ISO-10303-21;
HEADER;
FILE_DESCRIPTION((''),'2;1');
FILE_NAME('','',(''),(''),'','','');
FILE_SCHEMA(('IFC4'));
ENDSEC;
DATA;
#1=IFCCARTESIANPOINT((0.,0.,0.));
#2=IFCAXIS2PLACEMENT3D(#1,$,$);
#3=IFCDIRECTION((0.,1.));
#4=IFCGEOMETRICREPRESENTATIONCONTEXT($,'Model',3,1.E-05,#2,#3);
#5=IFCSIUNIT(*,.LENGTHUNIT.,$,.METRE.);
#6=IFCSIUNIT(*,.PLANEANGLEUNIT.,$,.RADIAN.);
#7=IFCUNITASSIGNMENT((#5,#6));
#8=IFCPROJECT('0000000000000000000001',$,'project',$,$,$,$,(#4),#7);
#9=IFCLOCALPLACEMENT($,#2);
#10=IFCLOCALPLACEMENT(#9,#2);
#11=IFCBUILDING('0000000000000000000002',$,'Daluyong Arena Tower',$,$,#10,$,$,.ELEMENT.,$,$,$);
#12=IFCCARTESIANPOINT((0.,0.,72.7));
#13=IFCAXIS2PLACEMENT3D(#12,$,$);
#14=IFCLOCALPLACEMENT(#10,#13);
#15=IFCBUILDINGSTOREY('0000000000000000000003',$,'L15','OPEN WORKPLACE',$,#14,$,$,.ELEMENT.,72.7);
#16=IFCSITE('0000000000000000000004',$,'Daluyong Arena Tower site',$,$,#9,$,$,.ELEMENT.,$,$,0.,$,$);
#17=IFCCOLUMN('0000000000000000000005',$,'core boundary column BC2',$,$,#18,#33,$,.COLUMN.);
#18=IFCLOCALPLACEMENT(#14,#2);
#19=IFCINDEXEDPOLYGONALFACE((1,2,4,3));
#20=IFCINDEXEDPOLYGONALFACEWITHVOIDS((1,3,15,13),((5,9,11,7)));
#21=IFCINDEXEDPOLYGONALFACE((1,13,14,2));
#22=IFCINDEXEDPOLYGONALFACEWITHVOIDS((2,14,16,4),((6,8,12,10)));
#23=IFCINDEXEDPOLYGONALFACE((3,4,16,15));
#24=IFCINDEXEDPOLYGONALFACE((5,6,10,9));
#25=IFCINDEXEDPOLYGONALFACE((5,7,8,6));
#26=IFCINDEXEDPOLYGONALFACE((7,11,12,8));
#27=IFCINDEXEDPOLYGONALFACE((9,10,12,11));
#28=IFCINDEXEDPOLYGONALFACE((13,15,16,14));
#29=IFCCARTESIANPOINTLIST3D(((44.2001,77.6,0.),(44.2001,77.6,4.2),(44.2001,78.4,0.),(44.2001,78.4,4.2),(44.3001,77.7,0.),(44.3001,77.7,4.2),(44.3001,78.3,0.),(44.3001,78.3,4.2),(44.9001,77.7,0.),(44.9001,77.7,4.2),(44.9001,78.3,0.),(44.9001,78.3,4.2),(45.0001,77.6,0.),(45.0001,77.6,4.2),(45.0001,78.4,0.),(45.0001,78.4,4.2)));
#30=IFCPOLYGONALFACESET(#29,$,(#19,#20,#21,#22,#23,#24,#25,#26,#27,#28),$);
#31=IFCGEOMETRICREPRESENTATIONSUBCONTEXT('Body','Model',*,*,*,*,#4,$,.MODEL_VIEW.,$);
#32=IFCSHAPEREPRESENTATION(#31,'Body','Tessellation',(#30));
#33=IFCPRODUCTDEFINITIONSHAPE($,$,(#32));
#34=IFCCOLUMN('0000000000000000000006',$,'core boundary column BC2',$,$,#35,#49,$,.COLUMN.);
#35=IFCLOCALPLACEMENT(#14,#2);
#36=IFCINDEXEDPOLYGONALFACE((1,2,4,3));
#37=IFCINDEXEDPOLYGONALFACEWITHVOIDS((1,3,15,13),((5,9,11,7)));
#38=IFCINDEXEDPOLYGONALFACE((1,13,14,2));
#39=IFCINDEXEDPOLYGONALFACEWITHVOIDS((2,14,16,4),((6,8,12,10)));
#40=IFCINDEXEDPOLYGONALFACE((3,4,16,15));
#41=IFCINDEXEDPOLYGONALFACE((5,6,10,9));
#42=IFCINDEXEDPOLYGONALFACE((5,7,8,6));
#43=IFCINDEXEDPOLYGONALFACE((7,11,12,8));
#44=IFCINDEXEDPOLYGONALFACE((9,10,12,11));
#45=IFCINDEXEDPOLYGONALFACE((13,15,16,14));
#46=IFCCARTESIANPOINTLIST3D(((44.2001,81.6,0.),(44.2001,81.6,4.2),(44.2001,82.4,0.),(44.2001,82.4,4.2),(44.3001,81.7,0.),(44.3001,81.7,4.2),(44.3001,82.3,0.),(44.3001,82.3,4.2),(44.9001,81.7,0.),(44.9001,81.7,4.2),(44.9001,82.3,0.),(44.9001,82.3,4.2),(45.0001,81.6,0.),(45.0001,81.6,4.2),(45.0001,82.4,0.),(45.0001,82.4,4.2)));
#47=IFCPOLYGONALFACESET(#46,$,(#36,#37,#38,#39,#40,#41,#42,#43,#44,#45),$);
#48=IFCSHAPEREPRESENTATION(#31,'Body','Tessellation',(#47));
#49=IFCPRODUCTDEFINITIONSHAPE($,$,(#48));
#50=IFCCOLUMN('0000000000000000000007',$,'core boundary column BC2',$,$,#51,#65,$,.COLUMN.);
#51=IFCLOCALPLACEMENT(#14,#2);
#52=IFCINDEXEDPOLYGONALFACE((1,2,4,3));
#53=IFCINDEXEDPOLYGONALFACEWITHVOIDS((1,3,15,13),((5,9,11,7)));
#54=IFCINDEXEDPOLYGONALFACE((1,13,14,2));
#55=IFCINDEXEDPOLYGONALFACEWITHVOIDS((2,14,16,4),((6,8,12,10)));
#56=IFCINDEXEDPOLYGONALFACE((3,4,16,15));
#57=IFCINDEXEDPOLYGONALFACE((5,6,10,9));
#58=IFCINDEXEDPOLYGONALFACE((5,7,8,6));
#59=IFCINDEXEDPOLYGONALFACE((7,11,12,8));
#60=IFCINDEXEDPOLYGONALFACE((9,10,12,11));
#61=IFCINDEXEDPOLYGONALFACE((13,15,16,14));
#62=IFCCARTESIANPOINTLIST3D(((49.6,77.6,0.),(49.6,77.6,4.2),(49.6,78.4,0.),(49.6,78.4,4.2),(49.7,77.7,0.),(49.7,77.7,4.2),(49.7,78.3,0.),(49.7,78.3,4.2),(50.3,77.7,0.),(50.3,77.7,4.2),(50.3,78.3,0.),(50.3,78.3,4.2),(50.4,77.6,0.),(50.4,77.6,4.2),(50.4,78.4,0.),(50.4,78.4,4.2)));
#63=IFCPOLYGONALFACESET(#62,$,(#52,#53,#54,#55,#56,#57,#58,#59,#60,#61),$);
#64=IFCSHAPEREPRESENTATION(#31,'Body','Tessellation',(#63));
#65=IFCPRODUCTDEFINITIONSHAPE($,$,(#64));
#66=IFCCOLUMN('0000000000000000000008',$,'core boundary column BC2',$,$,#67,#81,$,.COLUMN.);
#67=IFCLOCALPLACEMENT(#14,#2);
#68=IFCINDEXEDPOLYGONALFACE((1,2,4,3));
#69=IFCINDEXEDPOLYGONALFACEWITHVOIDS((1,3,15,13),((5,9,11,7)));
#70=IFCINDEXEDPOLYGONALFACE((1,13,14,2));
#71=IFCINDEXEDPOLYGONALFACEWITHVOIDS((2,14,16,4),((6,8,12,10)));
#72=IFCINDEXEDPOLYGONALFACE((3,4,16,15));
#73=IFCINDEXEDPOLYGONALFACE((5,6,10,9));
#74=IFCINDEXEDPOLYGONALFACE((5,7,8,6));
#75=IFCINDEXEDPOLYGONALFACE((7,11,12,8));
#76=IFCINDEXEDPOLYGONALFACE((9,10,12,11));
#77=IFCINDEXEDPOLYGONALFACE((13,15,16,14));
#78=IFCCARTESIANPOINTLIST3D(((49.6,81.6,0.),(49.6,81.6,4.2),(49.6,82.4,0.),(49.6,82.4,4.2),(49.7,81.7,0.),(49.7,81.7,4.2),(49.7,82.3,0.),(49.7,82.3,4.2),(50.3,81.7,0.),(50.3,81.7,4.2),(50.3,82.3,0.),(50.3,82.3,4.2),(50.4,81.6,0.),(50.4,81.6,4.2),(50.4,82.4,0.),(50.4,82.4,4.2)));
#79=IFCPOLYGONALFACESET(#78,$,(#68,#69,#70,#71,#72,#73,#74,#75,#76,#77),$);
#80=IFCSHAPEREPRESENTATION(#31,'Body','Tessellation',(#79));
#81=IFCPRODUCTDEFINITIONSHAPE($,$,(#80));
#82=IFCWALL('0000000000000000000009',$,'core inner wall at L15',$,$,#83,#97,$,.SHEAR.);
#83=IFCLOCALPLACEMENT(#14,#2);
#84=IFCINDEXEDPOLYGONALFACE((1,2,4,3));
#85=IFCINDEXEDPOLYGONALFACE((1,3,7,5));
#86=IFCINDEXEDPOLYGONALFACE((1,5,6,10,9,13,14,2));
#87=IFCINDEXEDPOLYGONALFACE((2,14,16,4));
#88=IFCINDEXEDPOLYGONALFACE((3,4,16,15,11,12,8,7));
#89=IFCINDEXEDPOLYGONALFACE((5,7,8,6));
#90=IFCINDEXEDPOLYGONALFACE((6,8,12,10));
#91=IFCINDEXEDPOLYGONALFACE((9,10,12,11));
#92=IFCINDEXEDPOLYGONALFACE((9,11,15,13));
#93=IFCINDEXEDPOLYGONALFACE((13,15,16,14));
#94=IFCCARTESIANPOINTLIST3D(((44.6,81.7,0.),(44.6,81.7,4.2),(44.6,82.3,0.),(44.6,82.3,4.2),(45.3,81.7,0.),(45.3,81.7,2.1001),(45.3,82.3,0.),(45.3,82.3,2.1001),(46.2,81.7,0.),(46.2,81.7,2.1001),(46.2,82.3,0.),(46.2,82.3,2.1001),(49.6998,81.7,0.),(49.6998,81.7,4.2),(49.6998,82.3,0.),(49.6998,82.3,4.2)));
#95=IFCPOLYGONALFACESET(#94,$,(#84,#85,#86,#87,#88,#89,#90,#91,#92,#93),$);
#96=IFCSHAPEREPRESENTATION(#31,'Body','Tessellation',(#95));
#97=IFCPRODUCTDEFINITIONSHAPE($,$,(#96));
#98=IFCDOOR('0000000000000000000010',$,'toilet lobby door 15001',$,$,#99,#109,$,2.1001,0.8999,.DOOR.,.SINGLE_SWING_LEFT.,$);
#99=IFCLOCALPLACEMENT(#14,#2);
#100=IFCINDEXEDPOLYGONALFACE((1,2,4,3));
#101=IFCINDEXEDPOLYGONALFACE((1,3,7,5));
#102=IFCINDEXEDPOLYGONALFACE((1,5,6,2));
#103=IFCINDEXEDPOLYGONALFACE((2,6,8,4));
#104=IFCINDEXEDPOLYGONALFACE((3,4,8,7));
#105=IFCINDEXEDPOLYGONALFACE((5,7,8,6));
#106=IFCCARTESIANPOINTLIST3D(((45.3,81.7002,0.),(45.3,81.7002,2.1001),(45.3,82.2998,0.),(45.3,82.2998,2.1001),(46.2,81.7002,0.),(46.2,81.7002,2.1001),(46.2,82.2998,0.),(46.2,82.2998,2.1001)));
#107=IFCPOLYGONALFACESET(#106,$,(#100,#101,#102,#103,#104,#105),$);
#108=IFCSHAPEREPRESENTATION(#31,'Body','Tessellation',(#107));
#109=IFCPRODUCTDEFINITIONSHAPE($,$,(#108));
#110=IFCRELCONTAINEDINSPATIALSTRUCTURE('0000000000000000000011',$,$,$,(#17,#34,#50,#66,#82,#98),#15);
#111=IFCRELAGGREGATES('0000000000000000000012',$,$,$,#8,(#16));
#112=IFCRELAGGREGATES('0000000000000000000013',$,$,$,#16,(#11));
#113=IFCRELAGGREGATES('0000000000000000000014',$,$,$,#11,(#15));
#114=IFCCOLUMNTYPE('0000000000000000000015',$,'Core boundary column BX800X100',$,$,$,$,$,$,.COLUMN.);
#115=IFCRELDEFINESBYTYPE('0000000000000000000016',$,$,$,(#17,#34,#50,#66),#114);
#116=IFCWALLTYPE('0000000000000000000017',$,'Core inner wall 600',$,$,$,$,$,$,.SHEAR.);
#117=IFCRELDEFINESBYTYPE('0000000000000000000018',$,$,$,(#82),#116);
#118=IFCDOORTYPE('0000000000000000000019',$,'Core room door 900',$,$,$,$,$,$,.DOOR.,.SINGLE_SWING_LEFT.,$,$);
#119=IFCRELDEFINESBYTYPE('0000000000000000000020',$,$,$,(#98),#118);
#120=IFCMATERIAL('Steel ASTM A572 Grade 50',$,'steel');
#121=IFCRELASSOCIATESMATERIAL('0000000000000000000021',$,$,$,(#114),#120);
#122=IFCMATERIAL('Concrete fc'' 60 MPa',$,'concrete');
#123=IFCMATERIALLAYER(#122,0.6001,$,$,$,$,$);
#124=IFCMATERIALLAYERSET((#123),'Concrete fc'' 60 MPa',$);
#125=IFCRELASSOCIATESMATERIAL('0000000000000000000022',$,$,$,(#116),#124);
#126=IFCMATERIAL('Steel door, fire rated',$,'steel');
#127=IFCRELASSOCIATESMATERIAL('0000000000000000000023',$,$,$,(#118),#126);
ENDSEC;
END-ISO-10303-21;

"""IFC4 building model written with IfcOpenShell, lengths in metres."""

from ifc_helpers import new_model, si_unit, direction, frame, frame_2d, origin, origin_2d, place, context, subcontext, project, spatial, rectangle, hollow_rectangle, extrude, material, layer, layer_set, material_profile, profile_set, type_object, element, fill, save


model = new_model("IFC4")

# Units and contexts
model_context = context("Model", 3, precision=1e-05, world=origin(), true_north=direction((0.0, 1.0)))
body_context = subcontext(model_context, "Body", "Model", "MODEL_VIEW")
ifc_project = project(units=[si_unit("LENGTHUNIT", "METRE"), si_unit("PLANEANGLEUNIT", "RADIAN")], contexts=[model_context])

# Site, building, storey
site_placement = place(None, origin())
site = spatial("IfcSite", under=ifc_project, at=site_placement, Name="Daluyong Arena Tower site", CompositionType="ELEMENT", RefElevation=0.0)
building_placement = place(site_placement, origin())
building = spatial("IfcBuilding", under=site, at=building_placement, Name="Daluyong Arena Tower", CompositionType="ELEMENT")
storey_placement = place(building_placement, frame((0.0, 0.0, 72.7)))
storey = spatial("IfcBuildingStorey", under=building, at=storey_placement, Name="L15", Description="OPEN WORKPLACE", CompositionType="ELEMENT", Elevation=72.7)

# Columns
ifc_material_1 = material(Name="Steel ASTM A572 Grade 50", Category="steel")
ifc_material_profile = material_profile(ifc_material_1, hollow_rectangle(XDim=0.8, YDim=0.8, WallThickness=0.1, at=origin_2d()))
ifc_profile_set = profile_set([ifc_material_profile], Name="Steel ASTM A572 Grade 50")
column_type = type_object("IfcColumnType", Name="Core boundary column BX800X100", PredefinedType="COLUMN", material=ifc_profile_set)
for number, where, z_axis, x_axis, name in (
    (1, (44.6001, 78.0, 0.0), (0.0, 0.0, 1.0), (1.0, 0.0, 0.0), "core boundary column BC2"),
    (2, (44.6001, 82.0, 0.0), (0.0, 0.0, 1.0), (1.0, 0.0, 0.0), "core boundary column BC2"),
    (3, (50.0, 78.0, 0.0), (0.0, 0.0, 1.0), (1.0, 0.0, 0.0), "core boundary column BC2"),
    (4, (50.0, 82.0, 0.0), (0.0, 0.0, 1.0), (1.0, 0.0, 0.0), "core boundary column BC2"),
):
    element("IfcColumn", number, at=place(storey_placement, frame(where, z_axis=z_axis, x_axis=x_axis)), inside=storey, type_object=column_type, Name=name, PredefinedType="COLUMN", context=body_context, shape_type="SweptSolid", body=[
        extrude(hollow_rectangle(XDim=0.8, YDim=0.8, WallThickness=0.1, at=origin_2d()), origin(), (0.0, 0.0, 1.0), 4.2),
    ])

# Wall, opening, door
ifc_material_2 = material(Name="Concrete fc' 60 MPa", Category="concrete")
ifc_layer_1 = layer(ifc_material_2, 0.6001)
ifc_layer_set_1 = layer_set([ifc_layer_1], Name="Concrete fc' 60 MPa")
wall_type_1 = type_object("IfcWallType", Name="Core inner wall 600", PredefinedType="SHEAR", material=ifc_layer_set_1)
wall_1_placement = place(storey_placement, frame((44.6001, 82.0, 0.0), z_axis=(0.0, 0.0, 1.0), x_axis=(1.0, 0.0, 0.0)))
wall_1 = element("IfcWall", 5, at=wall_1_placement, inside=storey, type_object=wall_type_1, Name="core inner wall at L15", PredefinedType="SHEAR", context=body_context, shape_type="SweptSolid", body=[
    extrude(rectangle(XDim=5.0999, YDim=0.6001, at=frame_2d((2.5498, 0.0))), origin(), (0.0, 0.0, 1.0), 4.2),
])
opening_1_placement = place(wall_1_placement, frame((0.7, 0.0, 0.0)))
opening_1 = element("IfcOpeningElement", 6, at=opening_1_placement, cuts=wall_1, PredefinedType="OPENING", context=body_context, shape_type="SweptSolid", body=[
    extrude(rectangle(XDim=0.8999, YDim=2.1001, at=frame_2d((0.45, 1.05))), frame((0.0, 0.3101, 0.0), z_axis=(0.0, -1.0, 0.0), x_axis=(1.0, 0.0, 0.0)), (0.0, 0.0, 1.0), 0.6201),
])
ifc_material_3 = material(Name="Steel door, fire rated", Category="steel")
door_type_1 = type_object("IfcDoorType", Name="Core room door 900", OperationType="SINGLE_SWING_LEFT", PredefinedType="DOOR", material=ifc_material_3)
door_1_placement = place(opening_1_placement, origin())
door_1 = element("IfcDoor", 7, at=door_1_placement, inside=storey, type_object=door_type_1, Name="toilet lobby door 15001", OperationType="SINGLE_SWING_LEFT", OverallHeight=2.1001, OverallWidth=0.8999, PredefinedType="DOOR", context=body_context, shape_type="SweptSolid", body=[
    extrude(rectangle(XDim=0.8999, YDim=2.1001, at=frame_2d((0.45, 1.05))), frame((0.0, 0.2998, 0.0), z_axis=(0.0, -1.0, 0.0), x_axis=(1.0, 0.0, 0.0)), (0.0, 0.0, 1.0), 0.5996),
])
fill(opening_1, door_1)

save(model, "model.ifc")
